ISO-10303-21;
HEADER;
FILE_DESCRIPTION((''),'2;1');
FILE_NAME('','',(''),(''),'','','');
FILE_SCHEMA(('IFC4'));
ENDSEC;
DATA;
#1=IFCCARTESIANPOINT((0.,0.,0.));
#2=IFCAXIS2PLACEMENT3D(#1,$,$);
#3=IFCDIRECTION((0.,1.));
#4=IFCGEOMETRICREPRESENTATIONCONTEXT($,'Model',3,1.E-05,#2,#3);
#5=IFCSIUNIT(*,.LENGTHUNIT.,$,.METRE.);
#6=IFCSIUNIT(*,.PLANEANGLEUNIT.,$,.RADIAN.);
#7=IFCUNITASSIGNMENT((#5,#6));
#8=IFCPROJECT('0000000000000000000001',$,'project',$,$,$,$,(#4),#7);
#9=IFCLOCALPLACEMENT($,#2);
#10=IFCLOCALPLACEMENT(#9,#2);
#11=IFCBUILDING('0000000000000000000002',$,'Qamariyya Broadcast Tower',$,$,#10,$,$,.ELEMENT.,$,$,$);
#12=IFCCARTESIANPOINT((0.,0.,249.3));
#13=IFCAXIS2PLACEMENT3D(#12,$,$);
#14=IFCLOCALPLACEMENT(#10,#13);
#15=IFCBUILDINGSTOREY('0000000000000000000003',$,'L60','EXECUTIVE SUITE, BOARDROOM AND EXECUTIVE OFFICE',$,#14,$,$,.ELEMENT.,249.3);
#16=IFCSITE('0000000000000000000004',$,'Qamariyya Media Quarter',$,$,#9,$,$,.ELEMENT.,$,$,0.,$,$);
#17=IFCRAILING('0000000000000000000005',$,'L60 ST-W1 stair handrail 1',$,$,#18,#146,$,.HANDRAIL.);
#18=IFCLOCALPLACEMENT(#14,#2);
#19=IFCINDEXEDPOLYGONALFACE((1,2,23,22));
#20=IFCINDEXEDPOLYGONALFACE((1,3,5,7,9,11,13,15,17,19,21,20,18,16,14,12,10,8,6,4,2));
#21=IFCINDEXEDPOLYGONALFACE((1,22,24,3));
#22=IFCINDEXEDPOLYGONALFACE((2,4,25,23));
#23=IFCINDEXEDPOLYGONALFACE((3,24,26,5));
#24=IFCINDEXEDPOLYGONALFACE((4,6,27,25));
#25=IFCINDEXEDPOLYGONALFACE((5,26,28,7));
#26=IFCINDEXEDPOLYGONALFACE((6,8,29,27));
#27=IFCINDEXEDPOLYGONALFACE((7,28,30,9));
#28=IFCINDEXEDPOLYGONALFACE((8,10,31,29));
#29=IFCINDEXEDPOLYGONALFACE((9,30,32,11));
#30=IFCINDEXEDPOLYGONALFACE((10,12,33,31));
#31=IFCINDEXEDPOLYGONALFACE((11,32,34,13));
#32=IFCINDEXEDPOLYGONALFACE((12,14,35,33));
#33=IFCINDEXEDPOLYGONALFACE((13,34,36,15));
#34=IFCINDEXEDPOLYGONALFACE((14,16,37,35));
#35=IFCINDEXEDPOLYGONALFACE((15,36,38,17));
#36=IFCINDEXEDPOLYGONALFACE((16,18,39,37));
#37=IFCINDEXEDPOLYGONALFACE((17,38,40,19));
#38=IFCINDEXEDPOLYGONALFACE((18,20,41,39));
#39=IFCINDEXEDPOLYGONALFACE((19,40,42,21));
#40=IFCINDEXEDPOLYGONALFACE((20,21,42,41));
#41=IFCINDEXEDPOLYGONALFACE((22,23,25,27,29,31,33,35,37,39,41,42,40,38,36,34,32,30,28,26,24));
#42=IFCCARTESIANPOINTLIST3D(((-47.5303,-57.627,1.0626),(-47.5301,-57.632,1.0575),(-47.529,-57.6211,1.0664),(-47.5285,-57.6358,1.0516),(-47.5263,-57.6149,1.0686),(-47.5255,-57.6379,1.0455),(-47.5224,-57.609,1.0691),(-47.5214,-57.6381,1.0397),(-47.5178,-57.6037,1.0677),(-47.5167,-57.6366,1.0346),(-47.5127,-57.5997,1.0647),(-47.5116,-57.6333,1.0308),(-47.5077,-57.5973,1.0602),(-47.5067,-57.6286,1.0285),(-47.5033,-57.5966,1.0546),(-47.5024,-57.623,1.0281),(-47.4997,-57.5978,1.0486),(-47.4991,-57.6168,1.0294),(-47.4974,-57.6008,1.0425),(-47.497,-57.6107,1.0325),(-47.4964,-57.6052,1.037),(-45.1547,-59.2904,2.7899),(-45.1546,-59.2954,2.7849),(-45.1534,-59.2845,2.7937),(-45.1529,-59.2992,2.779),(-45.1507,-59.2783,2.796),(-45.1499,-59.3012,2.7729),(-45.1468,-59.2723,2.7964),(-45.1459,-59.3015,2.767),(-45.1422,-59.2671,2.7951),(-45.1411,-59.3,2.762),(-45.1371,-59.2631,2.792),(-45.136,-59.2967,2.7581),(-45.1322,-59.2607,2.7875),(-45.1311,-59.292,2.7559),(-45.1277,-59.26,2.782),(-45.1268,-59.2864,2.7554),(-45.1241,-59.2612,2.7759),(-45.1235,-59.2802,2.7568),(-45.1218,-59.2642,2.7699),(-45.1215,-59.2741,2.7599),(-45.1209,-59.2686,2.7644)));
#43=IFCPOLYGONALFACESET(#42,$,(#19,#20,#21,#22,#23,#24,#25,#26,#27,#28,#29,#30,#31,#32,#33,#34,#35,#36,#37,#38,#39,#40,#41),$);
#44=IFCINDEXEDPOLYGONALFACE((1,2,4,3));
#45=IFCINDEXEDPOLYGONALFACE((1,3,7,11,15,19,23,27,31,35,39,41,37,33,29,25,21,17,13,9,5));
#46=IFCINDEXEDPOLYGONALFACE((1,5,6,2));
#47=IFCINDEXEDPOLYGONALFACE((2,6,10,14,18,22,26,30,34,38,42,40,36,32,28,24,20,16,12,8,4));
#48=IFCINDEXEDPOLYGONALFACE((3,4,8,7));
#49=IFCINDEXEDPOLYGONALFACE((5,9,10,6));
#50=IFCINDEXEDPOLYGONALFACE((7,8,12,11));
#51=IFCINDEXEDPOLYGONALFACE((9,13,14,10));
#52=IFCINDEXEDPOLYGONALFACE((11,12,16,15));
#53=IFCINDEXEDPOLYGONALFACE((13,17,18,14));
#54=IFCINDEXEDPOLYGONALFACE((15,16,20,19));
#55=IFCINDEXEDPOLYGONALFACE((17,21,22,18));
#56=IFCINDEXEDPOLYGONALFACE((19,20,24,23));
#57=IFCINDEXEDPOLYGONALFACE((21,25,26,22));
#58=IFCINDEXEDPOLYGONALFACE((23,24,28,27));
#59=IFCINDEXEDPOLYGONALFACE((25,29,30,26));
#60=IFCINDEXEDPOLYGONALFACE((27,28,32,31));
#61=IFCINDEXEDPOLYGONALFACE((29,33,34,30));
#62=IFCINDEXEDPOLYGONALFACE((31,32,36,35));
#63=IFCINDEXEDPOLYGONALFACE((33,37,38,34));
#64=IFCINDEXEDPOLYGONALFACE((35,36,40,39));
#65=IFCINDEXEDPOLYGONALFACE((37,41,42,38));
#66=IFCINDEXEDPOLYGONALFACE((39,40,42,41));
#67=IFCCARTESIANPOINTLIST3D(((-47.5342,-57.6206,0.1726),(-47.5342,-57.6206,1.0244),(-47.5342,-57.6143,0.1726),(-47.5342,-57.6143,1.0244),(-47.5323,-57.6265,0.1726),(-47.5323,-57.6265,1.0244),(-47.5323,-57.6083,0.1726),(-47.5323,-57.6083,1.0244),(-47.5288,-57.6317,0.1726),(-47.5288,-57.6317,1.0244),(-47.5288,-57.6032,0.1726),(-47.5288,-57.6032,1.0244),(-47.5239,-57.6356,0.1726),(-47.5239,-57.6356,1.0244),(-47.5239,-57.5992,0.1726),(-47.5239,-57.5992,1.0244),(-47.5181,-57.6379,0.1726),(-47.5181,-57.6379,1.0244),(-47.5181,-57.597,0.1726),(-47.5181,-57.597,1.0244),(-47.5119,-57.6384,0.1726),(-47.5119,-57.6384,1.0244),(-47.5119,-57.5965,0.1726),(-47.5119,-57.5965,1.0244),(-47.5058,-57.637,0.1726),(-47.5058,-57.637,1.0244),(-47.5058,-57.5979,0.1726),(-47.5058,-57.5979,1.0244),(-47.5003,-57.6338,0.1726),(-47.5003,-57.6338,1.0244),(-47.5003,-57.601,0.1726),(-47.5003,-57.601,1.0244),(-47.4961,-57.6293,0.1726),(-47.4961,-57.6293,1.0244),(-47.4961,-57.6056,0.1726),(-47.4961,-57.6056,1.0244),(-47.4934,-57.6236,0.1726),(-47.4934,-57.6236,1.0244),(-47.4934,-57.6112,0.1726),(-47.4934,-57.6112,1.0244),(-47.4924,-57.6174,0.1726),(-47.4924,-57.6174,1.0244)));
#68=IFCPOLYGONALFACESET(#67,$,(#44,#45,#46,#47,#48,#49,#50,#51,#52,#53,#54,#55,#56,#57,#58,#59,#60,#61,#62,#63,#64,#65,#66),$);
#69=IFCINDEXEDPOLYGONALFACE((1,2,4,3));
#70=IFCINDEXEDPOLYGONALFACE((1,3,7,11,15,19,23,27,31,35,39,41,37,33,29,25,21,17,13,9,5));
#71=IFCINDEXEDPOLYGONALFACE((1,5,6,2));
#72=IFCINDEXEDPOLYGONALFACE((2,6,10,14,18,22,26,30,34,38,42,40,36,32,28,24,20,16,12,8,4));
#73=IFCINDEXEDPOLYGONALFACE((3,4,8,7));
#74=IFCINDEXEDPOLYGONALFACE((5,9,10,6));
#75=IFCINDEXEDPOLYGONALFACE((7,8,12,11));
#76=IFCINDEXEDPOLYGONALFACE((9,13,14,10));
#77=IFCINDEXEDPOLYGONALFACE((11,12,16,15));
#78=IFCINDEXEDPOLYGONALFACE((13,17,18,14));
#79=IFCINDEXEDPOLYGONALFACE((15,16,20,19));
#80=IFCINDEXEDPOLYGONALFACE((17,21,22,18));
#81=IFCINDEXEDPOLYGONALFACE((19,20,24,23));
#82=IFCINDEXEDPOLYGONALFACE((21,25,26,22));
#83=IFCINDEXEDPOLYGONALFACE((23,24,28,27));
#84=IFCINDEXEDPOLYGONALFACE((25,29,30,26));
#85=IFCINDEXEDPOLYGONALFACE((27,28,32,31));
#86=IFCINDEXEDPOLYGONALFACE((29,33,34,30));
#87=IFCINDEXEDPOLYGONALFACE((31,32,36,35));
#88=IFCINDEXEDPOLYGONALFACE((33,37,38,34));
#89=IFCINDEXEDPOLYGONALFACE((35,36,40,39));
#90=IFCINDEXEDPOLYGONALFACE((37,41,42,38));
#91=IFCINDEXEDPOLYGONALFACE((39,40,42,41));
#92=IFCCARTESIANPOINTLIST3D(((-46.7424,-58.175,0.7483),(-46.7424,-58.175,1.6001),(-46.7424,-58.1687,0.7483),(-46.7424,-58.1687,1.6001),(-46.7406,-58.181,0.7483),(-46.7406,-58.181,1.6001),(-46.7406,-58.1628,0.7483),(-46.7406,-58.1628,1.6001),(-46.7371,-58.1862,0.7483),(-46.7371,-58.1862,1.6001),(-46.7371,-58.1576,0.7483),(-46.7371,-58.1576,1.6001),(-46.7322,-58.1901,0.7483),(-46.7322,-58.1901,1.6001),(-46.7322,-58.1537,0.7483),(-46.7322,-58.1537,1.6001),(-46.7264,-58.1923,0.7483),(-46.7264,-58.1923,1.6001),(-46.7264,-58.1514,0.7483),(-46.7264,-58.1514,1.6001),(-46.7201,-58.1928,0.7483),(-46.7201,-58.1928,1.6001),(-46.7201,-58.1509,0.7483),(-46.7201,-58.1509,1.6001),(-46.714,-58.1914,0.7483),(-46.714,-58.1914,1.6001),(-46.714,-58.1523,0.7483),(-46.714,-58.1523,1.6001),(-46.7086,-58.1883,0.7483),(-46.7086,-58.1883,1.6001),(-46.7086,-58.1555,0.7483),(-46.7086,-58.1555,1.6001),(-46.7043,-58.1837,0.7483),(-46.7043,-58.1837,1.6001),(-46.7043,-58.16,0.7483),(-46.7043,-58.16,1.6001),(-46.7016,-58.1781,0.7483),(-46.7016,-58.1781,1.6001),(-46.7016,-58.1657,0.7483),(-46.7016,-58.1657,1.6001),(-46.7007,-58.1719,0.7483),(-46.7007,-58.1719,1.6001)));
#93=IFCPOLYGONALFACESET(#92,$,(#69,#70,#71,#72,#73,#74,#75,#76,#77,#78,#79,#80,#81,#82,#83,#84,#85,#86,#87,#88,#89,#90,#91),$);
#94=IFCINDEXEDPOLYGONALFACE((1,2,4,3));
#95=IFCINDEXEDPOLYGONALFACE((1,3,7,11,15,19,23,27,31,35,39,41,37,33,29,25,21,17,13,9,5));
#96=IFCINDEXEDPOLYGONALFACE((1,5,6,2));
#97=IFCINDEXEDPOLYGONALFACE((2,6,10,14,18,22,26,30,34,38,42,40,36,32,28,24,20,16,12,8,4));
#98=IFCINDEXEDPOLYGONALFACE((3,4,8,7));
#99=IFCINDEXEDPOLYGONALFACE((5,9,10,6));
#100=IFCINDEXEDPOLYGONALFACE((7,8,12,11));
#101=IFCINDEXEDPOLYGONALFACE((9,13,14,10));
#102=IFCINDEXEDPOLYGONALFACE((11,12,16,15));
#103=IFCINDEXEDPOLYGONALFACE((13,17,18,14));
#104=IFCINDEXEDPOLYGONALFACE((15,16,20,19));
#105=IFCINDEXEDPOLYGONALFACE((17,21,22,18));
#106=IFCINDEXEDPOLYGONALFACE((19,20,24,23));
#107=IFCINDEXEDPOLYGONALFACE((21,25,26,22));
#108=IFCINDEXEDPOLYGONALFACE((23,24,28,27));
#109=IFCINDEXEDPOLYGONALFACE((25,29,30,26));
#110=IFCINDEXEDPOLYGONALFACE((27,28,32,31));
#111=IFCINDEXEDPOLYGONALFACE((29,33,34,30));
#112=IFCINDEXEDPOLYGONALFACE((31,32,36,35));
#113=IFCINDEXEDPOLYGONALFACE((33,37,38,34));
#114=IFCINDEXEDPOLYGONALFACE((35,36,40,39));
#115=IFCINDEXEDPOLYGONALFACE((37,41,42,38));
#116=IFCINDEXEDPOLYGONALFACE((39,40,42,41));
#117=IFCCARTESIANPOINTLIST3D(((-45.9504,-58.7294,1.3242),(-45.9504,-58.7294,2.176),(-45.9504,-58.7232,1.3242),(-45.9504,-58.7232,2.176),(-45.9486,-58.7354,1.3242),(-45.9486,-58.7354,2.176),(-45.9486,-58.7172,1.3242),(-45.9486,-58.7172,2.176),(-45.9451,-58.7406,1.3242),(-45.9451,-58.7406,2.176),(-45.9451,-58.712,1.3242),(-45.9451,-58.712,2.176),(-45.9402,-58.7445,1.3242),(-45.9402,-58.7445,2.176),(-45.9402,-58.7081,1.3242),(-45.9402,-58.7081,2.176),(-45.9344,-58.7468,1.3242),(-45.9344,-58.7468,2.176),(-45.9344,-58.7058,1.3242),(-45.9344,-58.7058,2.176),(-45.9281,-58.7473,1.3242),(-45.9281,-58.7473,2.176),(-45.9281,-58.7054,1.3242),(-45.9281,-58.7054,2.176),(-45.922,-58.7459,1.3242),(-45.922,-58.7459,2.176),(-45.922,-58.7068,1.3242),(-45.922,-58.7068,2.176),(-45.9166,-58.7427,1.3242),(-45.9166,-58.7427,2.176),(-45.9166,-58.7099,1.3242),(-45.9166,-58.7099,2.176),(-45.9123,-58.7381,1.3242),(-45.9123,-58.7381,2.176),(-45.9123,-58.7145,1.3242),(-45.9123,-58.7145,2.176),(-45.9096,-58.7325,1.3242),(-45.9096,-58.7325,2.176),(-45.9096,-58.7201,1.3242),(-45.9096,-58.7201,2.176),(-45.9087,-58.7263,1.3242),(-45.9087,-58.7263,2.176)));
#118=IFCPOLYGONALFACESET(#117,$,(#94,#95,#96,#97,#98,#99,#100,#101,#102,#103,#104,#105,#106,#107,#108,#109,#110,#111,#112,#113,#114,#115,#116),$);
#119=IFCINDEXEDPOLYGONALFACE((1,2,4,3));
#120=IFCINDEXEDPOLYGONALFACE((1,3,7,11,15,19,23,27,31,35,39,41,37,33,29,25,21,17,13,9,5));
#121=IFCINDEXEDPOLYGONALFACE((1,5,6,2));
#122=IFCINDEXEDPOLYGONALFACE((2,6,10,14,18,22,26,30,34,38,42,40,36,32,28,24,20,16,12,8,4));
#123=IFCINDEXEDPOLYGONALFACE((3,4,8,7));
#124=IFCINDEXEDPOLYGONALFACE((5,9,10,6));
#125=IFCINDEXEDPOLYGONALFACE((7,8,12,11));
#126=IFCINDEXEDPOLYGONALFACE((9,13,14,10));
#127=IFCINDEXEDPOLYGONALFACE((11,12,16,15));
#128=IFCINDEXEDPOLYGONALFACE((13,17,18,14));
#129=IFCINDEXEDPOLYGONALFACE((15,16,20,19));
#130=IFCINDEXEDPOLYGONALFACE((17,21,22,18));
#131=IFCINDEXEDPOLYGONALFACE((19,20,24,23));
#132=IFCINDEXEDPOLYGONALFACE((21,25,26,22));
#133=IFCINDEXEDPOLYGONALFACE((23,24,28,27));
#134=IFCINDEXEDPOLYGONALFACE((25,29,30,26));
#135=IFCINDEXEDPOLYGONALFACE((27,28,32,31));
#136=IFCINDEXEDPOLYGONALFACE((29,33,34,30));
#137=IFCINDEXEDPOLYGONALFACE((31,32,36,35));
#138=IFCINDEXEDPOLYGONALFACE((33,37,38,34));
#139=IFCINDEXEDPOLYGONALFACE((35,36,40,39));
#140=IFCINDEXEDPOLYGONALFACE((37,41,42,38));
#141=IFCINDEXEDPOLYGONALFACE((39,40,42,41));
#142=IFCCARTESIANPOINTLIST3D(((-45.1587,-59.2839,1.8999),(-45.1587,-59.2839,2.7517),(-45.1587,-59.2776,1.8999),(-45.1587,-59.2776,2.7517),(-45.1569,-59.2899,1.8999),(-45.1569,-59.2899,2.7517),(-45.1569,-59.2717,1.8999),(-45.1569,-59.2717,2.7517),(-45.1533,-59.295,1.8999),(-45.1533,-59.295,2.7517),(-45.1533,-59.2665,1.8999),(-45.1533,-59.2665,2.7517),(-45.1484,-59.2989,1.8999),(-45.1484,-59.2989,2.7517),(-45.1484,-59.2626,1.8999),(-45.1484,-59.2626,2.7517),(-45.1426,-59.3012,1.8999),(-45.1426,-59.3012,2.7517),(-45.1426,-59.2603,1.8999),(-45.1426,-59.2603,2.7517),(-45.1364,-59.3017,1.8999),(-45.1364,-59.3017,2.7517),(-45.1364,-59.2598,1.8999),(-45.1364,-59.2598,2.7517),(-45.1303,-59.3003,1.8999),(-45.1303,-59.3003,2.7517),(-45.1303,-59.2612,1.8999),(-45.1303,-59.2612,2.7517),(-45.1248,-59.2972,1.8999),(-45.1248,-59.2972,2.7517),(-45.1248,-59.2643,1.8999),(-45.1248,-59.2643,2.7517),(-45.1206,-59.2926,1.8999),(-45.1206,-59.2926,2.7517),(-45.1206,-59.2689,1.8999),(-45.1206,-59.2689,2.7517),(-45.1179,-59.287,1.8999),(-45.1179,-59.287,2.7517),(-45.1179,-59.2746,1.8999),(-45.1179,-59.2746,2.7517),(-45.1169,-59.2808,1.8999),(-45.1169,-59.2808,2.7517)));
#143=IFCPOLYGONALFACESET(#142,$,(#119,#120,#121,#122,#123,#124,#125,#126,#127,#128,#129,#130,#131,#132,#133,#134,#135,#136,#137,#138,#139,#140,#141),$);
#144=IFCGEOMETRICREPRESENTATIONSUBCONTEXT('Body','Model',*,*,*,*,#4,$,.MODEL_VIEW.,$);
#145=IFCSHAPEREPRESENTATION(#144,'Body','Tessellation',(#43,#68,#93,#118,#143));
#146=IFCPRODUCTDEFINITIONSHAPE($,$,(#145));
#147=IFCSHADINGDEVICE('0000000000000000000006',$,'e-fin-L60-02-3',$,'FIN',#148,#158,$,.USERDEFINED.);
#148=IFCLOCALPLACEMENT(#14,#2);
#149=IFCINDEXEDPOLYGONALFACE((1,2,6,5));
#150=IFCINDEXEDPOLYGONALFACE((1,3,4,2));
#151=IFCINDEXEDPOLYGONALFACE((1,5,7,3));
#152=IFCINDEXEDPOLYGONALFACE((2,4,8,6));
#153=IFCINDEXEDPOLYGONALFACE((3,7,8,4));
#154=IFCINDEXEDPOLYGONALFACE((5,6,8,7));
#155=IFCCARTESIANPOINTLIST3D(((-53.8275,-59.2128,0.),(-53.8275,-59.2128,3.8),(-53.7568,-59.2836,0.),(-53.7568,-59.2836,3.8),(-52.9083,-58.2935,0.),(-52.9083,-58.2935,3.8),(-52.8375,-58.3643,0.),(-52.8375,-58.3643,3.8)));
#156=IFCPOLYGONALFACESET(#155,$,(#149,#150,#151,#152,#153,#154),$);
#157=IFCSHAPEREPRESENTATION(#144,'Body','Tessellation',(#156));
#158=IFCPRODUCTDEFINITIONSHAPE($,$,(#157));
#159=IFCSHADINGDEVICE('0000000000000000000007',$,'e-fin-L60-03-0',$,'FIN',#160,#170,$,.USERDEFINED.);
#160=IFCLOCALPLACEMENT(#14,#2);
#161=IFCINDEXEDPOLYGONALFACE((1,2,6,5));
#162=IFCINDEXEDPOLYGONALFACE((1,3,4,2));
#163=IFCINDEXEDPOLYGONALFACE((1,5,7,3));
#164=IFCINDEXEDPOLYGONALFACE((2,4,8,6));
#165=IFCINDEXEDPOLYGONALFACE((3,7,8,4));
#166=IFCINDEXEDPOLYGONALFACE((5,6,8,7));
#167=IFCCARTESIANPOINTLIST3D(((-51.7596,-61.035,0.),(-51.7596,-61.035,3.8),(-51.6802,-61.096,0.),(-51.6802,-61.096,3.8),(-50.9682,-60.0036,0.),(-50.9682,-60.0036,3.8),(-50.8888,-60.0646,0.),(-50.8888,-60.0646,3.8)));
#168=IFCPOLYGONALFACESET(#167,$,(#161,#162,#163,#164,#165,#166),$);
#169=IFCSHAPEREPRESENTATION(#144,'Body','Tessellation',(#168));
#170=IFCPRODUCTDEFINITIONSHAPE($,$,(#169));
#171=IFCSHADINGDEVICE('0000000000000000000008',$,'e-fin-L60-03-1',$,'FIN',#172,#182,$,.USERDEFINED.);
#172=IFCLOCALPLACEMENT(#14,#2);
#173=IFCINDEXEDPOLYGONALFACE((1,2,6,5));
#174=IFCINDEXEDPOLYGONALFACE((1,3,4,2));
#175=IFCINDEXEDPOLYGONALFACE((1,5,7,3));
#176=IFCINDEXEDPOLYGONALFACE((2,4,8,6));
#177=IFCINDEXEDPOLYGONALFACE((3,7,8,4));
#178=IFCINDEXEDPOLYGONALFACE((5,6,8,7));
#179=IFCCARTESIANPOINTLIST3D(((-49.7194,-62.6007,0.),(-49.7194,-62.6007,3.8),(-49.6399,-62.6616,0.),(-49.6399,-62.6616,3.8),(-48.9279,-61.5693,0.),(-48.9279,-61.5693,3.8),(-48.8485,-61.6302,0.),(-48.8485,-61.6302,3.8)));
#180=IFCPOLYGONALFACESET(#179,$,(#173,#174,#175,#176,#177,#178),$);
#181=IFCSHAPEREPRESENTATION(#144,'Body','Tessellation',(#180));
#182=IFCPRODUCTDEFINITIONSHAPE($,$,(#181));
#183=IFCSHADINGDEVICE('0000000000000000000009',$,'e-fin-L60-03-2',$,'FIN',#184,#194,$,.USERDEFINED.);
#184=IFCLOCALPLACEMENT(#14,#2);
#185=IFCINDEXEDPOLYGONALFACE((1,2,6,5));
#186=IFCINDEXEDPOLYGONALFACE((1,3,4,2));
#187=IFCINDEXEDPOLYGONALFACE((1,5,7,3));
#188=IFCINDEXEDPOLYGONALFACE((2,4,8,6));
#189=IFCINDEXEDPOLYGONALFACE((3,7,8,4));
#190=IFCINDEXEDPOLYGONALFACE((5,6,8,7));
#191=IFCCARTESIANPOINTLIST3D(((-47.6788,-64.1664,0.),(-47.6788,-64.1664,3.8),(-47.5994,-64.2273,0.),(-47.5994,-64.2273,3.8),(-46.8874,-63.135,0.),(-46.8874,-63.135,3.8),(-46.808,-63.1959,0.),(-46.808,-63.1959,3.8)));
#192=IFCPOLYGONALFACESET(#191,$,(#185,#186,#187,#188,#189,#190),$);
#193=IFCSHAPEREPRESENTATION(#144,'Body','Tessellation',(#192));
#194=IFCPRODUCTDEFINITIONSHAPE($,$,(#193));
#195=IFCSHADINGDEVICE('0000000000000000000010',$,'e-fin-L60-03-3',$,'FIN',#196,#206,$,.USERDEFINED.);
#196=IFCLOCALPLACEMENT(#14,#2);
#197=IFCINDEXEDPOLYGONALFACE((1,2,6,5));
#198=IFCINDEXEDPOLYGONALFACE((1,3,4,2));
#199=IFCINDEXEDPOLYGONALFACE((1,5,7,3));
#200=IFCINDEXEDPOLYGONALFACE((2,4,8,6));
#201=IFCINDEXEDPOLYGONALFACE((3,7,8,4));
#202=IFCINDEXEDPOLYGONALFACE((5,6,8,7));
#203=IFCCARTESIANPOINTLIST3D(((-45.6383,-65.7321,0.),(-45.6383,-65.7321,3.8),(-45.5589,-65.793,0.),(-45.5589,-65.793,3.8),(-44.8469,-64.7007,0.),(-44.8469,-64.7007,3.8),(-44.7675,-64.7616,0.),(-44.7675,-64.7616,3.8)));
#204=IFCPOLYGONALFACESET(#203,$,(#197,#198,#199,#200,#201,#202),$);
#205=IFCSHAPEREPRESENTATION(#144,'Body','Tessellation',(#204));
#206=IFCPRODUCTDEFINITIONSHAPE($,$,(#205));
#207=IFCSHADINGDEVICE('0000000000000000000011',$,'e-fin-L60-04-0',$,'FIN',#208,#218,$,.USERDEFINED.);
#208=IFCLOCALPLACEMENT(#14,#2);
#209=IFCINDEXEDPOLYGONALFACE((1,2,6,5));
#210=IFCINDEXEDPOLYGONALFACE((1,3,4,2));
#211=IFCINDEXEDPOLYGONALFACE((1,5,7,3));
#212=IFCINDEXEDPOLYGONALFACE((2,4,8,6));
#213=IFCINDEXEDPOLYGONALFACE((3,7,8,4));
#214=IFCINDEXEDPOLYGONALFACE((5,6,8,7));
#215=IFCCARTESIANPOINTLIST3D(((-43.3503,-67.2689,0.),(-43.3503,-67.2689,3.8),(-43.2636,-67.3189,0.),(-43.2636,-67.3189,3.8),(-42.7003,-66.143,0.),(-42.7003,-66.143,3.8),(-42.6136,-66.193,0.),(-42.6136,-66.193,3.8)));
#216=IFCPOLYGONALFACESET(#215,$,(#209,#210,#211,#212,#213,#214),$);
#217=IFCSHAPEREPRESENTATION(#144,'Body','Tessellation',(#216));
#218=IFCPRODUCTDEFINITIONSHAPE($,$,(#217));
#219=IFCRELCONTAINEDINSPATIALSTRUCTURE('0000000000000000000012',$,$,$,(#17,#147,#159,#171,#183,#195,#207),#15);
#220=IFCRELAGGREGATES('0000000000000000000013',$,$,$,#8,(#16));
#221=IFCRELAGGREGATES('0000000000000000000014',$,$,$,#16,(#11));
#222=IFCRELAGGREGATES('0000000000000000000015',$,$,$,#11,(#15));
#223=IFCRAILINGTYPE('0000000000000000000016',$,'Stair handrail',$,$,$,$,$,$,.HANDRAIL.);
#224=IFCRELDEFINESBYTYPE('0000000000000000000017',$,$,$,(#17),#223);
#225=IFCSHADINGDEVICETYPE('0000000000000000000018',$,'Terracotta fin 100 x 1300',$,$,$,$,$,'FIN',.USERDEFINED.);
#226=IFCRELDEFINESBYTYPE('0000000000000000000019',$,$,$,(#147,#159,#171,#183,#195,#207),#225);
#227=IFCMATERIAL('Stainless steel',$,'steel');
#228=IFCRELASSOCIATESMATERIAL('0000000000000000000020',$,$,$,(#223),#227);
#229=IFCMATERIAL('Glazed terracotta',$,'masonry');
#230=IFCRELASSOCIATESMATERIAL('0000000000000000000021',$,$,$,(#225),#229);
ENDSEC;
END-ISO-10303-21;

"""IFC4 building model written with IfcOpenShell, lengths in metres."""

from ifc_helpers import new_model, si_unit, direction, frame, origin, origin_2d, place, context, subcontext, project, spatial, rectangle, circle, extrude, material, material_profile, profile_set, type_object, element, save


model = new_model("IFC4")

# Units and contexts
model_context = context("Model", 3, precision=1e-05, world=origin(), true_north=direction((0.0, 1.0)))
body_context = subcontext(model_context, "Body", "Model", "MODEL_VIEW")
ifc_project = project(units=[si_unit("LENGTHUNIT", "METRE"), si_unit("PLANEANGLEUNIT", "RADIAN")], contexts=[model_context])

# Site, building, storey
site_placement = place(None, origin())
site = spatial("IfcSite", under=ifc_project, at=site_placement, Name="Qamariyya Media Quarter", CompositionType="ELEMENT", RefElevation=0.0)
building_placement = place(site_placement, origin())
building = spatial("IfcBuilding", under=site, at=building_placement, Name="Qamariyya Broadcast Tower", CompositionType="ELEMENT")
storey_placement = place(building_placement, frame((0.0, 0.0, 249.3)))
storey = spatial("IfcBuildingStorey", under=building, at=storey_placement, Name="L60", Description="EXECUTIVE SUITE, BOARDROOM AND EXECUTIVE OFFICE", CompositionType="ELEMENT", Elevation=249.3)

# Railing
ifc_material_1 = material(Name="Stainless steel", Category="steel")
railing_type_1 = type_object("IfcRailingType", Name="Stair handrail", PredefinedType="HANDRAIL", material=ifc_material_1)
railing_1_placement = place(storey_placement, frame((-47.5134, -57.6174, 0.1726)))
element("IfcRailing", 1, at=railing_1_placement, inside=storey, type_object=railing_type_1, Name="L60 ST-W1 stair handrail 1", PredefinedType="HANDRAIL", context=body_context, shape_type="SweptSolid", body=[
    extrude(circle(Radius=0.0239, at=origin_2d()), frame((0.0, 0.0, 0.876), z_axis=(0.70377, -0.492784, 0.511734), x_axis=(0.573575, 0.819153, 0.0)), (0.0, 0.0, 1.0), 3.3755),
    extrude(circle(Radius=0.021, at=origin_2d()), origin(), (0.0, 0.0, 1.0), 0.8518),
    extrude(circle(Radius=0.021, at=origin_2d()), frame((0.7917, -0.5544, 0.5757)), (0.0, 0.0, 1.0), 0.8518),
    extrude(circle(Radius=0.021, at=origin_2d()), frame((1.5837, -1.1089, 1.1516)), (0.0, 0.0, 1.0), 0.8518),
    extrude(circle(Radius=0.021, at=origin_2d()), frame((2.3755, -1.6633, 1.7273)), (0.0, 0.0, 1.0), 0.8518),
])

# Shading devices
ifc_material_2 = material(Name="Glazed terracotta", Category="masonry")
ifc_material_profile_1 = material_profile(ifc_material_2, rectangle(XDim=1.3, YDim=0.1001, at=origin_2d()))
ifc_profile_set_1 = profile_set([ifc_material_profile_1], Name="Glazed terracotta")
shading_device_type_1 = type_object("IfcShadingDeviceType", Name="Terracotta fin 100 x 1300", ElementType="FIN", PredefinedType="USERDEFINED", material=ifc_profile_set_1)
for number, where, z_axis, x_axis, name in (
    (2, (-53.3325, -58.7886, 0.0), (0.0, 0.0, 1.0), (-0.707107, -0.707107, 0.0), "e-fin-L60-02-3"),
    (3, (-51.3242, -60.5498, 0.0), (0.0, 0.0, 1.0), (-0.608761, -0.793353, 0.0), "e-fin-L60-03-0"),
    (4, (-49.2839, -62.1155, 0.0), (0.0, 0.0, 1.0), (-0.608761, -0.793353, 0.0), "e-fin-L60-03-1"),
    (5, (-47.2434, -63.6812, 0.0), (0.0, 0.0, 1.0), (-0.608761, -0.793353, 0.0), "e-fin-L60-03-2"),
    (6, (-45.2029, -65.2468, 0.0), (0.0, 0.0, 1.0), (-0.608761, -0.793353, 0.0), "e-fin-L60-03-3"),
    (7, (-42.9819, -66.731, 0.0), (0.0, 0.0, 1.0), (-0.5, -0.866025, 0.0), "e-fin-L60-04-0"),
):
    element("IfcShadingDevice", number, at=place(storey_placement, frame(where, z_axis=z_axis, x_axis=x_axis)), inside=storey, type_object=shading_device_type_1, Name=name, ObjectType="FIN", PredefinedType="USERDEFINED", context=body_context, shape_type="SweptSolid", body=[
        extrude(rectangle(XDim=1.3, YDim=0.1001, at=origin_2d()), origin(), (0.0, 0.0, 1.0), 3.8),
    ])

save(model, "model.ifc")
